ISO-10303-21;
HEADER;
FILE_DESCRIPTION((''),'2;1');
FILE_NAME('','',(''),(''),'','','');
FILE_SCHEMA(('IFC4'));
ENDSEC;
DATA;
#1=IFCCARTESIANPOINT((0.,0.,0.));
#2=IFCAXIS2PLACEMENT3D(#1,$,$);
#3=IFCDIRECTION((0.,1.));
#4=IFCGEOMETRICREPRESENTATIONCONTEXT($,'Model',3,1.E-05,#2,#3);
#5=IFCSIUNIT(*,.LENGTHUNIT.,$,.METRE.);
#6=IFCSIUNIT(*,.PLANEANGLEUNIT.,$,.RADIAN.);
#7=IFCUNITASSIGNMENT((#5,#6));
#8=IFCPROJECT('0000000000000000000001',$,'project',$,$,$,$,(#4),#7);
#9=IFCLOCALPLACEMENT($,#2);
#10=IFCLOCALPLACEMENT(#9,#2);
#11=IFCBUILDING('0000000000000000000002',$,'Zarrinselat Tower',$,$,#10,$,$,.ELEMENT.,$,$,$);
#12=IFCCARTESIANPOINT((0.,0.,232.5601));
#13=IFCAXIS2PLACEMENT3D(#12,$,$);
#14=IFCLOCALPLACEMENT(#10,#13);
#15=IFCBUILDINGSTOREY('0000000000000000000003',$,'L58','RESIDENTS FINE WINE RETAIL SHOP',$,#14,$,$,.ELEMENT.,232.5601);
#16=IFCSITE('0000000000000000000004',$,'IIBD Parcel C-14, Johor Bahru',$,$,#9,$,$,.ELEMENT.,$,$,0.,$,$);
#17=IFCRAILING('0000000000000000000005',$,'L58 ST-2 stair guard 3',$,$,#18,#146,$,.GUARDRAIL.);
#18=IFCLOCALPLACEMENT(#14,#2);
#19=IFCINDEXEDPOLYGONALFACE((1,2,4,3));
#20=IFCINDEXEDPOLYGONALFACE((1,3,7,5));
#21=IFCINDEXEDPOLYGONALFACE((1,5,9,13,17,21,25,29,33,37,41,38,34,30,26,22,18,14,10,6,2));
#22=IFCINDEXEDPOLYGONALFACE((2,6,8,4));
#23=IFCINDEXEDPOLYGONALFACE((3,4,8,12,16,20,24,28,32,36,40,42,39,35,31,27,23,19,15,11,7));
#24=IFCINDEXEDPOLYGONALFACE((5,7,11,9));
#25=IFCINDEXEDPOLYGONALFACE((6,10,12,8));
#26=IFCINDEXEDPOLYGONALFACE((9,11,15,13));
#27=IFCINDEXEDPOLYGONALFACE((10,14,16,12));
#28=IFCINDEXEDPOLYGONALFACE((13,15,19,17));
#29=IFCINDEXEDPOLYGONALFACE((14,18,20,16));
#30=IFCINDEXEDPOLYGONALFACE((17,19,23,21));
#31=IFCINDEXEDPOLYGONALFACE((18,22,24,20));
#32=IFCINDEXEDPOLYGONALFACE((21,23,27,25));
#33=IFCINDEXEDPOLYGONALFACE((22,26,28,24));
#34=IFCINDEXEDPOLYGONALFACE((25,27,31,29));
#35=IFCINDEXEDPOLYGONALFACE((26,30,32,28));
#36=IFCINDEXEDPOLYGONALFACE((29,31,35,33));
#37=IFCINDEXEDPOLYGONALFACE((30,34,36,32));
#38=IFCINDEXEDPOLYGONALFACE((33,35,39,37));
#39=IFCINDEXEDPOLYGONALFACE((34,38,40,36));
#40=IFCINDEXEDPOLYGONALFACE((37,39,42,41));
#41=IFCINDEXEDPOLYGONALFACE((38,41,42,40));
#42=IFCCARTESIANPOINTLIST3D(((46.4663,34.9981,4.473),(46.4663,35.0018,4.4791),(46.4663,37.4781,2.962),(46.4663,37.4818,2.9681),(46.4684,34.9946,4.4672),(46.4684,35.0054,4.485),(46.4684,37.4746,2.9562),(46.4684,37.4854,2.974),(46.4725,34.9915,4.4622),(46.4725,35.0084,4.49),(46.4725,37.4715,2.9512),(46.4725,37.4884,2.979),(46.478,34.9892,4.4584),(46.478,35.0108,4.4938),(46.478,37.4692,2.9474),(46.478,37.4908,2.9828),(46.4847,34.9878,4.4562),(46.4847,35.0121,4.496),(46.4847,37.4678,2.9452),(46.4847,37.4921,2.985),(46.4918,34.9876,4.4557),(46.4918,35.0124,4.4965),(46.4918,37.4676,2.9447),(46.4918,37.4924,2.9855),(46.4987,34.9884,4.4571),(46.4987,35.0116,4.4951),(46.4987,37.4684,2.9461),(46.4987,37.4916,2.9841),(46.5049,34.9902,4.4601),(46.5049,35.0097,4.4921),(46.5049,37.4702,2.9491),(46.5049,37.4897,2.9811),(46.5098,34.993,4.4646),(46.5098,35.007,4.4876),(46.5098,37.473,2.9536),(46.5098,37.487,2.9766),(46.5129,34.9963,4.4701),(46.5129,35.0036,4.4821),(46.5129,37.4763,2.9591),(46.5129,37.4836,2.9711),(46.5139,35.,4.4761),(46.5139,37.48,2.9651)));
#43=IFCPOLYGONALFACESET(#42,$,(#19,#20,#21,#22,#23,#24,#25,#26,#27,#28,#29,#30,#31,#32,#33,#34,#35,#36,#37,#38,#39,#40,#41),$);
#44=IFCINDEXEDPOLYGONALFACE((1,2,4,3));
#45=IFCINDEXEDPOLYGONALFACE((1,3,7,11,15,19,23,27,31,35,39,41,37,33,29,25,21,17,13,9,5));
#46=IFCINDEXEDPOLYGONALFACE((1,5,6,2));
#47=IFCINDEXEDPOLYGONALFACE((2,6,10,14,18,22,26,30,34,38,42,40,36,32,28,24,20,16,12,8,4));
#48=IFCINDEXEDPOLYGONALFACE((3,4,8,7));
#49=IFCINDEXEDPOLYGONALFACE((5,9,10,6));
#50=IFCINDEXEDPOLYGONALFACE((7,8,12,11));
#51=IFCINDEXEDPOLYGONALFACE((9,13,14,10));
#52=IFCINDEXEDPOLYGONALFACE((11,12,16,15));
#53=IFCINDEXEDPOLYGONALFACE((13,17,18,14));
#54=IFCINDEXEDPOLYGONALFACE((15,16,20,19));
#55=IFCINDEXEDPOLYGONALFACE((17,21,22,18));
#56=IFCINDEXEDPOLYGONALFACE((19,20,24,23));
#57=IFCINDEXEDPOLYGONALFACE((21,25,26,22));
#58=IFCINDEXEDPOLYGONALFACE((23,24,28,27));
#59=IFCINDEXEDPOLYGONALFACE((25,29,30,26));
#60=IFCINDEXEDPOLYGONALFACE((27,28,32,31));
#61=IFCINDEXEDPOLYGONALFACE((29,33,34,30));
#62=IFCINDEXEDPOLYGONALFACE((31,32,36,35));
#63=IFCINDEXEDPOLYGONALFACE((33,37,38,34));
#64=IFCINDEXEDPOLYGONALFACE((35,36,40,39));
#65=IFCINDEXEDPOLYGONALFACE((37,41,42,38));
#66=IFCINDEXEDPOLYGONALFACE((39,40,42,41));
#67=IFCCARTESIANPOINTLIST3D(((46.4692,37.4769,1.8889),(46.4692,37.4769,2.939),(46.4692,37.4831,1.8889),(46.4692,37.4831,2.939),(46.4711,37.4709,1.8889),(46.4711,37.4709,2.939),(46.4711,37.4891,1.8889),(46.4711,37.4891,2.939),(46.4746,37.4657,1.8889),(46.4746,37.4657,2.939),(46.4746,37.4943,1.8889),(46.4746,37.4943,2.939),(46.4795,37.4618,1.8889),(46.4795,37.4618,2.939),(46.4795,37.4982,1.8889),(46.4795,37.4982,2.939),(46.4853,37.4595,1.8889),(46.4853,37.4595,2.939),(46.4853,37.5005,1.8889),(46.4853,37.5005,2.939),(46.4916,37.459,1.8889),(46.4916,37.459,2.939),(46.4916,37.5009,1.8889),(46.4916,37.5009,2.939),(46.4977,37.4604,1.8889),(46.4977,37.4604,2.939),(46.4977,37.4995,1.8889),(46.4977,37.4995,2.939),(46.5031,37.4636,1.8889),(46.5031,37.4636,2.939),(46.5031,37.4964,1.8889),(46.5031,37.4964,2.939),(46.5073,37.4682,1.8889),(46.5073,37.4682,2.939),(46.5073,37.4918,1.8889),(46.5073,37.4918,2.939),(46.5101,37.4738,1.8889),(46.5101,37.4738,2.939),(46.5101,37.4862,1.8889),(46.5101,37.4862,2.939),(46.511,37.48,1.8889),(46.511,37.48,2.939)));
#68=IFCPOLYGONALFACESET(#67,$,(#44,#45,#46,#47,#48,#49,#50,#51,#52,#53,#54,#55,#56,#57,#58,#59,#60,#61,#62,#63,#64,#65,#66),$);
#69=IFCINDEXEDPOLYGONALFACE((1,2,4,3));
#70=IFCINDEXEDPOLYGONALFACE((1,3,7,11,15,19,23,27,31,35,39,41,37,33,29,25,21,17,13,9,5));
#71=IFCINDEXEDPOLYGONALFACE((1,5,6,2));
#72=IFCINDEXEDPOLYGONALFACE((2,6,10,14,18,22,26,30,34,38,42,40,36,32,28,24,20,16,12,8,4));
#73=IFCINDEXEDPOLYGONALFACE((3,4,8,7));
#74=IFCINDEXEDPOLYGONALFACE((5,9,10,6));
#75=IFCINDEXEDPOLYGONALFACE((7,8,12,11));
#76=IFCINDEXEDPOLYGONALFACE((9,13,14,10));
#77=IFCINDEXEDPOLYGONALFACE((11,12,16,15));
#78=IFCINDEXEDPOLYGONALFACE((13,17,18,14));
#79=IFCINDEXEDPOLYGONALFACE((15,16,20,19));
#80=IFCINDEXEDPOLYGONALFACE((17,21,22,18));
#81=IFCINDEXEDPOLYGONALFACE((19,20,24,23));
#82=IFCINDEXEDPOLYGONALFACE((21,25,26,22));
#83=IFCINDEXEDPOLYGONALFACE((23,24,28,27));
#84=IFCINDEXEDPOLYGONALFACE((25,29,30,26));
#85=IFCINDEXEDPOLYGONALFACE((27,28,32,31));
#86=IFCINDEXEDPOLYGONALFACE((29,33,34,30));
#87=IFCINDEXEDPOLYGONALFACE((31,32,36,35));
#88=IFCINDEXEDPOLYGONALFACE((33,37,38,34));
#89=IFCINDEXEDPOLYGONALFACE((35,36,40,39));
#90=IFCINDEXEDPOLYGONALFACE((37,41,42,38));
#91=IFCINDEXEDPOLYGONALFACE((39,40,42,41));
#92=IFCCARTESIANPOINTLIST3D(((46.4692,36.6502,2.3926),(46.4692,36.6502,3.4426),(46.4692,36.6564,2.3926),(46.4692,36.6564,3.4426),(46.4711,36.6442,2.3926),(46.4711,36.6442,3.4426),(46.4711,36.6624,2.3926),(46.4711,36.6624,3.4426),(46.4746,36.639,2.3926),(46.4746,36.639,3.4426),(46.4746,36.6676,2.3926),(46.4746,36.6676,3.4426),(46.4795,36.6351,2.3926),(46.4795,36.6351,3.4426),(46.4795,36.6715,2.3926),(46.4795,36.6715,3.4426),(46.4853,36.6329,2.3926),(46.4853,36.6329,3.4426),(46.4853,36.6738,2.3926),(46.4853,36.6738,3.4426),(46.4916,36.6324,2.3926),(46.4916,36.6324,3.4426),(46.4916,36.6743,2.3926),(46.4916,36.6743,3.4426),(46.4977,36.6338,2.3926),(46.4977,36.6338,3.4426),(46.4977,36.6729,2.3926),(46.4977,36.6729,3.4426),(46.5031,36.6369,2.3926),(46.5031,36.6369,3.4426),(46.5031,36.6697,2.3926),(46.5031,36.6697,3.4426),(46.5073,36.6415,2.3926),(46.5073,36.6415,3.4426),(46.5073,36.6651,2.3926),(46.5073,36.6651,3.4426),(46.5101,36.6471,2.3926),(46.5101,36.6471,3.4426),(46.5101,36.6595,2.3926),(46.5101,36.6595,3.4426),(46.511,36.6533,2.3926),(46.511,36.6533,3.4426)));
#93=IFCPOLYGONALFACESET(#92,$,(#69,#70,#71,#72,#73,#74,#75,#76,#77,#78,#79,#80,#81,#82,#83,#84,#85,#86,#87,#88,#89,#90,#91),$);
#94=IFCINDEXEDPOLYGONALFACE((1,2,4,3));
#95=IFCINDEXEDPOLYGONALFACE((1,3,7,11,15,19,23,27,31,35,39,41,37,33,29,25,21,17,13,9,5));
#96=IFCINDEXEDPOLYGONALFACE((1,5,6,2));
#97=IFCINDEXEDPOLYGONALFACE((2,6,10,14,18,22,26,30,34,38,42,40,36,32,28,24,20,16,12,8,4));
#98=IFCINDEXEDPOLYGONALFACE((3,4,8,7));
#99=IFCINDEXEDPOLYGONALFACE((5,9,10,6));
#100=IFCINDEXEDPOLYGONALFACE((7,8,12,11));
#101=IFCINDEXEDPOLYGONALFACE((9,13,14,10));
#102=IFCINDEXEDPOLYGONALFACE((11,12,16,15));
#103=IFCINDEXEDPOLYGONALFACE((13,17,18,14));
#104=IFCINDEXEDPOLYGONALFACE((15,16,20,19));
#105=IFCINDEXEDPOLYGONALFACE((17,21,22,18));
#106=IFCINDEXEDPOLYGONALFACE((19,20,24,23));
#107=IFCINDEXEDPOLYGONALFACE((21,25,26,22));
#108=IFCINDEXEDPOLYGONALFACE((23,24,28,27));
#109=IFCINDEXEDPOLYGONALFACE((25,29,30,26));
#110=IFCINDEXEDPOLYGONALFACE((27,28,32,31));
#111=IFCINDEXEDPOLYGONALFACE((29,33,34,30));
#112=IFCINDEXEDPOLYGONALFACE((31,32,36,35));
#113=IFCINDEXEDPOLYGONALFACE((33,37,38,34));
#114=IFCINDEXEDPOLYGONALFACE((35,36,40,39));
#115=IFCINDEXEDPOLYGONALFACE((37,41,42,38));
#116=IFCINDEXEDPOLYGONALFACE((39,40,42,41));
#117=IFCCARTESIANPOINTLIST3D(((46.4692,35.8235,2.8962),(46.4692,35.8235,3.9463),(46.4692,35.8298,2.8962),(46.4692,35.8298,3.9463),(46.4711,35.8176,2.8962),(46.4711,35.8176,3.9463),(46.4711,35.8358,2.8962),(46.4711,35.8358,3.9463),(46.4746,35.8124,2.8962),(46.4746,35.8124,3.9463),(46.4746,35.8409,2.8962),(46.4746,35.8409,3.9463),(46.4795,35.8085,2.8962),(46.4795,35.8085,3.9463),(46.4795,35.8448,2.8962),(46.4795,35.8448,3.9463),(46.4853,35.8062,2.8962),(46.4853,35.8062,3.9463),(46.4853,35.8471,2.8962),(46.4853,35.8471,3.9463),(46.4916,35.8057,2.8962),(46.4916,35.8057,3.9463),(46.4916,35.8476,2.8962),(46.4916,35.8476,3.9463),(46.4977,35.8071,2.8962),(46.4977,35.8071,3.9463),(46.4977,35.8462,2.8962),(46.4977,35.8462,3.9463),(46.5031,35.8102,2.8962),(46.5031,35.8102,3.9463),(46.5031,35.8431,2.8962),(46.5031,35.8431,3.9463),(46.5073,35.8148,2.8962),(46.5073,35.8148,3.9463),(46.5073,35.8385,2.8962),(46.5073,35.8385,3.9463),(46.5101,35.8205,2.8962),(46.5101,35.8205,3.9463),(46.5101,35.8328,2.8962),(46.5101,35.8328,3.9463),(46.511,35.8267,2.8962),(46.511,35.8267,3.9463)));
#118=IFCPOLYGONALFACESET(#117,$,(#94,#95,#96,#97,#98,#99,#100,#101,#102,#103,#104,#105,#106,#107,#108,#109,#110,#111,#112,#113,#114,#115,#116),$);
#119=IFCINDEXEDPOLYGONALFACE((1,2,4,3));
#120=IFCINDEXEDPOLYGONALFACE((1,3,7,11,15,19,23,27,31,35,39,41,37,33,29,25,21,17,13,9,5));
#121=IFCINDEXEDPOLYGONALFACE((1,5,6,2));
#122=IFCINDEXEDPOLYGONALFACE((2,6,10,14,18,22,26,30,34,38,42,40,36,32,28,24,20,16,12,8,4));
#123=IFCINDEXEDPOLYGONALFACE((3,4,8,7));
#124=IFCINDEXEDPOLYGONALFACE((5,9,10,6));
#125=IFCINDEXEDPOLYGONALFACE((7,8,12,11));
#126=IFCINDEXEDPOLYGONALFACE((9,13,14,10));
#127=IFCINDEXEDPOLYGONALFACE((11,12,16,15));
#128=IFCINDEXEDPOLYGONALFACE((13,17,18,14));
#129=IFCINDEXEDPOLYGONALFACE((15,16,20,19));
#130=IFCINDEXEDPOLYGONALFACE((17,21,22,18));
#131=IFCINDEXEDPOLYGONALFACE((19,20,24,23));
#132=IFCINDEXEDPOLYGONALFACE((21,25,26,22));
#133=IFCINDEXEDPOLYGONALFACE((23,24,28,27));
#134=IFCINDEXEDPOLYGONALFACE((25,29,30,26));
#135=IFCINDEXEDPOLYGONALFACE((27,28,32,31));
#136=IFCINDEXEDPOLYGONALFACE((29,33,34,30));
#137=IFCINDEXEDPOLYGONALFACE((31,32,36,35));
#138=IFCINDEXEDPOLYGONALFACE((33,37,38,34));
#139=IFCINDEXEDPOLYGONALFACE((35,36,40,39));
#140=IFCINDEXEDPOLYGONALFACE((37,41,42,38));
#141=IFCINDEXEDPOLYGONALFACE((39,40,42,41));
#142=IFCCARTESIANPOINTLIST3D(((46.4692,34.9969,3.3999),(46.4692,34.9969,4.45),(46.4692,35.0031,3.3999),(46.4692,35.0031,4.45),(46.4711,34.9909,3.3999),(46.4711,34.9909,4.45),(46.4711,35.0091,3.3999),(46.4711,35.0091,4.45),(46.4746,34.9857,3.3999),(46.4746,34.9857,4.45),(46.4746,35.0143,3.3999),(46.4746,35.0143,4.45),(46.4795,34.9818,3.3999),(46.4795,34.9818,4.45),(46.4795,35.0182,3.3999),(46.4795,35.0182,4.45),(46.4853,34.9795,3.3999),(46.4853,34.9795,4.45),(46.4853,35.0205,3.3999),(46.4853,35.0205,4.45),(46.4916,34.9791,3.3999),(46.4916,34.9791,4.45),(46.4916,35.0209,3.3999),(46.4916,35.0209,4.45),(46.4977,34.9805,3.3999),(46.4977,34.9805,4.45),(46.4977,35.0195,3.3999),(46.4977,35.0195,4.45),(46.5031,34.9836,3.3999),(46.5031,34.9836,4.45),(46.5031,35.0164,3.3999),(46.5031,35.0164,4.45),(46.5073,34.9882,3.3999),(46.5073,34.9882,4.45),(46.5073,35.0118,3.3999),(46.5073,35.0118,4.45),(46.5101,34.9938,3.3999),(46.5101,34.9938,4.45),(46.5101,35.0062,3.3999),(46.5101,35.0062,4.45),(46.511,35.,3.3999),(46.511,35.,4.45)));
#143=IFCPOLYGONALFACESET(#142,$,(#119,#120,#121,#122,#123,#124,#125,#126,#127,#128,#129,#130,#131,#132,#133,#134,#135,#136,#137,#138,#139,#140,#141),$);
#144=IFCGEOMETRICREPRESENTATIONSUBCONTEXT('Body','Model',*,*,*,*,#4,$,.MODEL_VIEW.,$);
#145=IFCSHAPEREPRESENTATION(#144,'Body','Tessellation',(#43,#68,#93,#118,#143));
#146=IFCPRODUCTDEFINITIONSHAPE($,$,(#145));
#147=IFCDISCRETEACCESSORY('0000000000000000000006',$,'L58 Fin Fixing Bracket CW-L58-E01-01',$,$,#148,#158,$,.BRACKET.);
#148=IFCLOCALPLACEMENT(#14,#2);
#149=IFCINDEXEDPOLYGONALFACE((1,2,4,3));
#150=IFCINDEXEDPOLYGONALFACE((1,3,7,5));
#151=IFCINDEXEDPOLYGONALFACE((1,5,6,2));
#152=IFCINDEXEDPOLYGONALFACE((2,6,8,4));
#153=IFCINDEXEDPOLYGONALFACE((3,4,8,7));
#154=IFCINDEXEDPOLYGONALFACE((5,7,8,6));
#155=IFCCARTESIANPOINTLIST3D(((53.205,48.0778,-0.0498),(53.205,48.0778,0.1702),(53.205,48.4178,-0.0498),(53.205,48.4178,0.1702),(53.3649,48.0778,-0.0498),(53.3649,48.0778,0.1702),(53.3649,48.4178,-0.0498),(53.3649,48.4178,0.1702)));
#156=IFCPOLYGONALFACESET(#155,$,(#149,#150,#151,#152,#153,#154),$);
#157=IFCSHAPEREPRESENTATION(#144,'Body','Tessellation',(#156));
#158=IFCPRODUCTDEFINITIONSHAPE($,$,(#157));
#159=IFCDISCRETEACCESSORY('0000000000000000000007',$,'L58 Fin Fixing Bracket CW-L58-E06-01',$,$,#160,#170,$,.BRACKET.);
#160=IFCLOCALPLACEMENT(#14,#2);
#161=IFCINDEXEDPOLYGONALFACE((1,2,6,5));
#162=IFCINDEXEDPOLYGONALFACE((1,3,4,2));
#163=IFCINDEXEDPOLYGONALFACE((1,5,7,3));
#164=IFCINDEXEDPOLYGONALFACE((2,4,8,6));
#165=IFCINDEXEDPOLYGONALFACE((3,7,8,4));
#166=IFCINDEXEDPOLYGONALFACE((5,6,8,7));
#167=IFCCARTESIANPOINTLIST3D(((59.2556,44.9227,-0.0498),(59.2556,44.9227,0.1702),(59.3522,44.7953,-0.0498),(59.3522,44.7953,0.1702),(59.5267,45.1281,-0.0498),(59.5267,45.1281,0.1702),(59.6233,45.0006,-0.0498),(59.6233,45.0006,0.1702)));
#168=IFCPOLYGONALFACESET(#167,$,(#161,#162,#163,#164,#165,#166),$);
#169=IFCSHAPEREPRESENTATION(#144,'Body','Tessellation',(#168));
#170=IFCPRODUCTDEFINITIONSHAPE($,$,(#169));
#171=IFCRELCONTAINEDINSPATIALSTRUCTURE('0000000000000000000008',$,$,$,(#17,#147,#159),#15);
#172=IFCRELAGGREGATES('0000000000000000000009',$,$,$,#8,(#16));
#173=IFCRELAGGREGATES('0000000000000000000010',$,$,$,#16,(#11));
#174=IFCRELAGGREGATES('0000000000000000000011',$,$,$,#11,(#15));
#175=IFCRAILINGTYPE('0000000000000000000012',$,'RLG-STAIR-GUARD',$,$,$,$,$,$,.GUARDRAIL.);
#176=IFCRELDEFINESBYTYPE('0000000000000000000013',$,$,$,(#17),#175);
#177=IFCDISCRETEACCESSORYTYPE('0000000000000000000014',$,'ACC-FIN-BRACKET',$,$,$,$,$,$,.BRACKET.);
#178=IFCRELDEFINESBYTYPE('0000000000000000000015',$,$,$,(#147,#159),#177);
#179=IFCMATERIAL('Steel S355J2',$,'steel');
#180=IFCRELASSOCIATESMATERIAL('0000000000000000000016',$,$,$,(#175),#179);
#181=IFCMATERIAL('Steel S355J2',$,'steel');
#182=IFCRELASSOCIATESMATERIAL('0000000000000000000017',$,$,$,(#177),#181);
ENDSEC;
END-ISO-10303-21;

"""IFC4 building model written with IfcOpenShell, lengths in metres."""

from ifc_helpers import new_model, si_unit, direction, frame, origin, origin_2d, place, context, subcontext, project, spatial, rectangle, circle, extrude, material, type_object, element, save


model = new_model("IFC4")

# Units and contexts
model_context = context("Model", 3, precision=1e-05, world=origin(), true_north=direction((0.0, 1.0)))
body_context = subcontext(model_context, "Body", "Model", "MODEL_VIEW")
ifc_project = project(units=[si_unit("LENGTHUNIT", "METRE"), si_unit("PLANEANGLEUNIT", "RADIAN")], contexts=[model_context])

# Site, building, storey
site_placement = place(None, origin())
site = spatial("IfcSite", under=ifc_project, at=site_placement, Name="IIBD Parcel C-14, Johor Bahru", CompositionType="ELEMENT", RefElevation=0.0)
building_placement = place(site_placement, origin())
building = spatial("IfcBuilding", under=site, at=building_placement, Name="Zarrinselat Tower", CompositionType="ELEMENT")
storey_placement = place(building_placement, frame((0.0, 0.0, 232.5601)))
storey = spatial("IfcBuildingStorey", under=building, at=storey_placement, Name="L58", Description="RESIDENTS FINE WINE RETAIL SHOP", CompositionType="ELEMENT", Elevation=232.5601)

# Railing
ifc_material_1 = material(Name="Steel S355J2", Category="steel")
railing_type = type_object("IfcRailingType", Name="RLG-STAIR-GUARD", PredefinedType="GUARDRAIL", material=ifc_material_1)
railing_1_placement = place(storey_placement, frame((46.49, 37.48, 1.8889)))
element("IfcRailing", 1, at=railing_1_placement, inside=storey, type_object=railing_type, Name="L58 ST-2 stair guard 3", PredefinedType="GUARDRAIL", context=body_context, shape_type="SweptSolid", body=[
    extrude(circle(Radius=0.0239, at=origin_2d()), frame((0.0, 0.0, 1.0762), z_axis=(0.0, -0.853979, 0.520307), x_axis=(1.0, 0.0, 0.0)), (0.0, 0.0, 1.0), 2.9041),
    extrude(circle(Radius=0.021, at=origin_2d()), origin(), (0.0, 0.0, 1.0), 1.05),
    extrude(circle(Radius=0.021, at=origin_2d()), frame((0.0, -0.8267, 0.5037)), (0.0, 0.0, 1.0), 1.05),
    extrude(circle(Radius=0.021, at=origin_2d()), frame((0.0, -1.6533, 1.0073)), (0.0, 0.0, 1.0), 1.05),
    extrude(circle(Radius=0.021, at=origin_2d()), frame((0.0, -2.48, 1.511)), (0.0, 0.0, 1.0), 1.05),
])

# Discrete accessories
ifc_material_2 = material(Name="Steel S355J2", Category="steel")
discrete_accessory_type = type_object("IfcDiscreteAccessoryType", Name="ACC-FIN-BRACKET", PredefinedType="BRACKET", material=ifc_material_2)
for number, where, z_axis, x_axis, name in (
    (2, (53.2849, 48.2478, -0.0498), (0.0, 0.0, 1.0), (0.0, 1.0, 0.0), "L58 Fin Fixing Bracket CW-L58-E01-01"),
    (3, (59.4395, 44.9617, -0.0498), (0.0, 0.0, 1.0), (0.797092, 0.603858, 0.0), "L58 Fin Fixing Bracket CW-L58-E06-01"),
):
    element("IfcDiscreteAccessory", number, at=place(storey_placement, frame(where, z_axis=z_axis, x_axis=x_axis)), inside=storey, type_object=discrete_accessory_type, Name=name, PredefinedType="BRACKET", context=body_context, shape_type="SweptSolid", body=[
        extrude(rectangle(XDim=0.3401, YDim=0.1599, at=origin_2d()), origin(), (0.0, 0.0, 1.0), 0.22),
    ])

save(model, "model.ifc")
